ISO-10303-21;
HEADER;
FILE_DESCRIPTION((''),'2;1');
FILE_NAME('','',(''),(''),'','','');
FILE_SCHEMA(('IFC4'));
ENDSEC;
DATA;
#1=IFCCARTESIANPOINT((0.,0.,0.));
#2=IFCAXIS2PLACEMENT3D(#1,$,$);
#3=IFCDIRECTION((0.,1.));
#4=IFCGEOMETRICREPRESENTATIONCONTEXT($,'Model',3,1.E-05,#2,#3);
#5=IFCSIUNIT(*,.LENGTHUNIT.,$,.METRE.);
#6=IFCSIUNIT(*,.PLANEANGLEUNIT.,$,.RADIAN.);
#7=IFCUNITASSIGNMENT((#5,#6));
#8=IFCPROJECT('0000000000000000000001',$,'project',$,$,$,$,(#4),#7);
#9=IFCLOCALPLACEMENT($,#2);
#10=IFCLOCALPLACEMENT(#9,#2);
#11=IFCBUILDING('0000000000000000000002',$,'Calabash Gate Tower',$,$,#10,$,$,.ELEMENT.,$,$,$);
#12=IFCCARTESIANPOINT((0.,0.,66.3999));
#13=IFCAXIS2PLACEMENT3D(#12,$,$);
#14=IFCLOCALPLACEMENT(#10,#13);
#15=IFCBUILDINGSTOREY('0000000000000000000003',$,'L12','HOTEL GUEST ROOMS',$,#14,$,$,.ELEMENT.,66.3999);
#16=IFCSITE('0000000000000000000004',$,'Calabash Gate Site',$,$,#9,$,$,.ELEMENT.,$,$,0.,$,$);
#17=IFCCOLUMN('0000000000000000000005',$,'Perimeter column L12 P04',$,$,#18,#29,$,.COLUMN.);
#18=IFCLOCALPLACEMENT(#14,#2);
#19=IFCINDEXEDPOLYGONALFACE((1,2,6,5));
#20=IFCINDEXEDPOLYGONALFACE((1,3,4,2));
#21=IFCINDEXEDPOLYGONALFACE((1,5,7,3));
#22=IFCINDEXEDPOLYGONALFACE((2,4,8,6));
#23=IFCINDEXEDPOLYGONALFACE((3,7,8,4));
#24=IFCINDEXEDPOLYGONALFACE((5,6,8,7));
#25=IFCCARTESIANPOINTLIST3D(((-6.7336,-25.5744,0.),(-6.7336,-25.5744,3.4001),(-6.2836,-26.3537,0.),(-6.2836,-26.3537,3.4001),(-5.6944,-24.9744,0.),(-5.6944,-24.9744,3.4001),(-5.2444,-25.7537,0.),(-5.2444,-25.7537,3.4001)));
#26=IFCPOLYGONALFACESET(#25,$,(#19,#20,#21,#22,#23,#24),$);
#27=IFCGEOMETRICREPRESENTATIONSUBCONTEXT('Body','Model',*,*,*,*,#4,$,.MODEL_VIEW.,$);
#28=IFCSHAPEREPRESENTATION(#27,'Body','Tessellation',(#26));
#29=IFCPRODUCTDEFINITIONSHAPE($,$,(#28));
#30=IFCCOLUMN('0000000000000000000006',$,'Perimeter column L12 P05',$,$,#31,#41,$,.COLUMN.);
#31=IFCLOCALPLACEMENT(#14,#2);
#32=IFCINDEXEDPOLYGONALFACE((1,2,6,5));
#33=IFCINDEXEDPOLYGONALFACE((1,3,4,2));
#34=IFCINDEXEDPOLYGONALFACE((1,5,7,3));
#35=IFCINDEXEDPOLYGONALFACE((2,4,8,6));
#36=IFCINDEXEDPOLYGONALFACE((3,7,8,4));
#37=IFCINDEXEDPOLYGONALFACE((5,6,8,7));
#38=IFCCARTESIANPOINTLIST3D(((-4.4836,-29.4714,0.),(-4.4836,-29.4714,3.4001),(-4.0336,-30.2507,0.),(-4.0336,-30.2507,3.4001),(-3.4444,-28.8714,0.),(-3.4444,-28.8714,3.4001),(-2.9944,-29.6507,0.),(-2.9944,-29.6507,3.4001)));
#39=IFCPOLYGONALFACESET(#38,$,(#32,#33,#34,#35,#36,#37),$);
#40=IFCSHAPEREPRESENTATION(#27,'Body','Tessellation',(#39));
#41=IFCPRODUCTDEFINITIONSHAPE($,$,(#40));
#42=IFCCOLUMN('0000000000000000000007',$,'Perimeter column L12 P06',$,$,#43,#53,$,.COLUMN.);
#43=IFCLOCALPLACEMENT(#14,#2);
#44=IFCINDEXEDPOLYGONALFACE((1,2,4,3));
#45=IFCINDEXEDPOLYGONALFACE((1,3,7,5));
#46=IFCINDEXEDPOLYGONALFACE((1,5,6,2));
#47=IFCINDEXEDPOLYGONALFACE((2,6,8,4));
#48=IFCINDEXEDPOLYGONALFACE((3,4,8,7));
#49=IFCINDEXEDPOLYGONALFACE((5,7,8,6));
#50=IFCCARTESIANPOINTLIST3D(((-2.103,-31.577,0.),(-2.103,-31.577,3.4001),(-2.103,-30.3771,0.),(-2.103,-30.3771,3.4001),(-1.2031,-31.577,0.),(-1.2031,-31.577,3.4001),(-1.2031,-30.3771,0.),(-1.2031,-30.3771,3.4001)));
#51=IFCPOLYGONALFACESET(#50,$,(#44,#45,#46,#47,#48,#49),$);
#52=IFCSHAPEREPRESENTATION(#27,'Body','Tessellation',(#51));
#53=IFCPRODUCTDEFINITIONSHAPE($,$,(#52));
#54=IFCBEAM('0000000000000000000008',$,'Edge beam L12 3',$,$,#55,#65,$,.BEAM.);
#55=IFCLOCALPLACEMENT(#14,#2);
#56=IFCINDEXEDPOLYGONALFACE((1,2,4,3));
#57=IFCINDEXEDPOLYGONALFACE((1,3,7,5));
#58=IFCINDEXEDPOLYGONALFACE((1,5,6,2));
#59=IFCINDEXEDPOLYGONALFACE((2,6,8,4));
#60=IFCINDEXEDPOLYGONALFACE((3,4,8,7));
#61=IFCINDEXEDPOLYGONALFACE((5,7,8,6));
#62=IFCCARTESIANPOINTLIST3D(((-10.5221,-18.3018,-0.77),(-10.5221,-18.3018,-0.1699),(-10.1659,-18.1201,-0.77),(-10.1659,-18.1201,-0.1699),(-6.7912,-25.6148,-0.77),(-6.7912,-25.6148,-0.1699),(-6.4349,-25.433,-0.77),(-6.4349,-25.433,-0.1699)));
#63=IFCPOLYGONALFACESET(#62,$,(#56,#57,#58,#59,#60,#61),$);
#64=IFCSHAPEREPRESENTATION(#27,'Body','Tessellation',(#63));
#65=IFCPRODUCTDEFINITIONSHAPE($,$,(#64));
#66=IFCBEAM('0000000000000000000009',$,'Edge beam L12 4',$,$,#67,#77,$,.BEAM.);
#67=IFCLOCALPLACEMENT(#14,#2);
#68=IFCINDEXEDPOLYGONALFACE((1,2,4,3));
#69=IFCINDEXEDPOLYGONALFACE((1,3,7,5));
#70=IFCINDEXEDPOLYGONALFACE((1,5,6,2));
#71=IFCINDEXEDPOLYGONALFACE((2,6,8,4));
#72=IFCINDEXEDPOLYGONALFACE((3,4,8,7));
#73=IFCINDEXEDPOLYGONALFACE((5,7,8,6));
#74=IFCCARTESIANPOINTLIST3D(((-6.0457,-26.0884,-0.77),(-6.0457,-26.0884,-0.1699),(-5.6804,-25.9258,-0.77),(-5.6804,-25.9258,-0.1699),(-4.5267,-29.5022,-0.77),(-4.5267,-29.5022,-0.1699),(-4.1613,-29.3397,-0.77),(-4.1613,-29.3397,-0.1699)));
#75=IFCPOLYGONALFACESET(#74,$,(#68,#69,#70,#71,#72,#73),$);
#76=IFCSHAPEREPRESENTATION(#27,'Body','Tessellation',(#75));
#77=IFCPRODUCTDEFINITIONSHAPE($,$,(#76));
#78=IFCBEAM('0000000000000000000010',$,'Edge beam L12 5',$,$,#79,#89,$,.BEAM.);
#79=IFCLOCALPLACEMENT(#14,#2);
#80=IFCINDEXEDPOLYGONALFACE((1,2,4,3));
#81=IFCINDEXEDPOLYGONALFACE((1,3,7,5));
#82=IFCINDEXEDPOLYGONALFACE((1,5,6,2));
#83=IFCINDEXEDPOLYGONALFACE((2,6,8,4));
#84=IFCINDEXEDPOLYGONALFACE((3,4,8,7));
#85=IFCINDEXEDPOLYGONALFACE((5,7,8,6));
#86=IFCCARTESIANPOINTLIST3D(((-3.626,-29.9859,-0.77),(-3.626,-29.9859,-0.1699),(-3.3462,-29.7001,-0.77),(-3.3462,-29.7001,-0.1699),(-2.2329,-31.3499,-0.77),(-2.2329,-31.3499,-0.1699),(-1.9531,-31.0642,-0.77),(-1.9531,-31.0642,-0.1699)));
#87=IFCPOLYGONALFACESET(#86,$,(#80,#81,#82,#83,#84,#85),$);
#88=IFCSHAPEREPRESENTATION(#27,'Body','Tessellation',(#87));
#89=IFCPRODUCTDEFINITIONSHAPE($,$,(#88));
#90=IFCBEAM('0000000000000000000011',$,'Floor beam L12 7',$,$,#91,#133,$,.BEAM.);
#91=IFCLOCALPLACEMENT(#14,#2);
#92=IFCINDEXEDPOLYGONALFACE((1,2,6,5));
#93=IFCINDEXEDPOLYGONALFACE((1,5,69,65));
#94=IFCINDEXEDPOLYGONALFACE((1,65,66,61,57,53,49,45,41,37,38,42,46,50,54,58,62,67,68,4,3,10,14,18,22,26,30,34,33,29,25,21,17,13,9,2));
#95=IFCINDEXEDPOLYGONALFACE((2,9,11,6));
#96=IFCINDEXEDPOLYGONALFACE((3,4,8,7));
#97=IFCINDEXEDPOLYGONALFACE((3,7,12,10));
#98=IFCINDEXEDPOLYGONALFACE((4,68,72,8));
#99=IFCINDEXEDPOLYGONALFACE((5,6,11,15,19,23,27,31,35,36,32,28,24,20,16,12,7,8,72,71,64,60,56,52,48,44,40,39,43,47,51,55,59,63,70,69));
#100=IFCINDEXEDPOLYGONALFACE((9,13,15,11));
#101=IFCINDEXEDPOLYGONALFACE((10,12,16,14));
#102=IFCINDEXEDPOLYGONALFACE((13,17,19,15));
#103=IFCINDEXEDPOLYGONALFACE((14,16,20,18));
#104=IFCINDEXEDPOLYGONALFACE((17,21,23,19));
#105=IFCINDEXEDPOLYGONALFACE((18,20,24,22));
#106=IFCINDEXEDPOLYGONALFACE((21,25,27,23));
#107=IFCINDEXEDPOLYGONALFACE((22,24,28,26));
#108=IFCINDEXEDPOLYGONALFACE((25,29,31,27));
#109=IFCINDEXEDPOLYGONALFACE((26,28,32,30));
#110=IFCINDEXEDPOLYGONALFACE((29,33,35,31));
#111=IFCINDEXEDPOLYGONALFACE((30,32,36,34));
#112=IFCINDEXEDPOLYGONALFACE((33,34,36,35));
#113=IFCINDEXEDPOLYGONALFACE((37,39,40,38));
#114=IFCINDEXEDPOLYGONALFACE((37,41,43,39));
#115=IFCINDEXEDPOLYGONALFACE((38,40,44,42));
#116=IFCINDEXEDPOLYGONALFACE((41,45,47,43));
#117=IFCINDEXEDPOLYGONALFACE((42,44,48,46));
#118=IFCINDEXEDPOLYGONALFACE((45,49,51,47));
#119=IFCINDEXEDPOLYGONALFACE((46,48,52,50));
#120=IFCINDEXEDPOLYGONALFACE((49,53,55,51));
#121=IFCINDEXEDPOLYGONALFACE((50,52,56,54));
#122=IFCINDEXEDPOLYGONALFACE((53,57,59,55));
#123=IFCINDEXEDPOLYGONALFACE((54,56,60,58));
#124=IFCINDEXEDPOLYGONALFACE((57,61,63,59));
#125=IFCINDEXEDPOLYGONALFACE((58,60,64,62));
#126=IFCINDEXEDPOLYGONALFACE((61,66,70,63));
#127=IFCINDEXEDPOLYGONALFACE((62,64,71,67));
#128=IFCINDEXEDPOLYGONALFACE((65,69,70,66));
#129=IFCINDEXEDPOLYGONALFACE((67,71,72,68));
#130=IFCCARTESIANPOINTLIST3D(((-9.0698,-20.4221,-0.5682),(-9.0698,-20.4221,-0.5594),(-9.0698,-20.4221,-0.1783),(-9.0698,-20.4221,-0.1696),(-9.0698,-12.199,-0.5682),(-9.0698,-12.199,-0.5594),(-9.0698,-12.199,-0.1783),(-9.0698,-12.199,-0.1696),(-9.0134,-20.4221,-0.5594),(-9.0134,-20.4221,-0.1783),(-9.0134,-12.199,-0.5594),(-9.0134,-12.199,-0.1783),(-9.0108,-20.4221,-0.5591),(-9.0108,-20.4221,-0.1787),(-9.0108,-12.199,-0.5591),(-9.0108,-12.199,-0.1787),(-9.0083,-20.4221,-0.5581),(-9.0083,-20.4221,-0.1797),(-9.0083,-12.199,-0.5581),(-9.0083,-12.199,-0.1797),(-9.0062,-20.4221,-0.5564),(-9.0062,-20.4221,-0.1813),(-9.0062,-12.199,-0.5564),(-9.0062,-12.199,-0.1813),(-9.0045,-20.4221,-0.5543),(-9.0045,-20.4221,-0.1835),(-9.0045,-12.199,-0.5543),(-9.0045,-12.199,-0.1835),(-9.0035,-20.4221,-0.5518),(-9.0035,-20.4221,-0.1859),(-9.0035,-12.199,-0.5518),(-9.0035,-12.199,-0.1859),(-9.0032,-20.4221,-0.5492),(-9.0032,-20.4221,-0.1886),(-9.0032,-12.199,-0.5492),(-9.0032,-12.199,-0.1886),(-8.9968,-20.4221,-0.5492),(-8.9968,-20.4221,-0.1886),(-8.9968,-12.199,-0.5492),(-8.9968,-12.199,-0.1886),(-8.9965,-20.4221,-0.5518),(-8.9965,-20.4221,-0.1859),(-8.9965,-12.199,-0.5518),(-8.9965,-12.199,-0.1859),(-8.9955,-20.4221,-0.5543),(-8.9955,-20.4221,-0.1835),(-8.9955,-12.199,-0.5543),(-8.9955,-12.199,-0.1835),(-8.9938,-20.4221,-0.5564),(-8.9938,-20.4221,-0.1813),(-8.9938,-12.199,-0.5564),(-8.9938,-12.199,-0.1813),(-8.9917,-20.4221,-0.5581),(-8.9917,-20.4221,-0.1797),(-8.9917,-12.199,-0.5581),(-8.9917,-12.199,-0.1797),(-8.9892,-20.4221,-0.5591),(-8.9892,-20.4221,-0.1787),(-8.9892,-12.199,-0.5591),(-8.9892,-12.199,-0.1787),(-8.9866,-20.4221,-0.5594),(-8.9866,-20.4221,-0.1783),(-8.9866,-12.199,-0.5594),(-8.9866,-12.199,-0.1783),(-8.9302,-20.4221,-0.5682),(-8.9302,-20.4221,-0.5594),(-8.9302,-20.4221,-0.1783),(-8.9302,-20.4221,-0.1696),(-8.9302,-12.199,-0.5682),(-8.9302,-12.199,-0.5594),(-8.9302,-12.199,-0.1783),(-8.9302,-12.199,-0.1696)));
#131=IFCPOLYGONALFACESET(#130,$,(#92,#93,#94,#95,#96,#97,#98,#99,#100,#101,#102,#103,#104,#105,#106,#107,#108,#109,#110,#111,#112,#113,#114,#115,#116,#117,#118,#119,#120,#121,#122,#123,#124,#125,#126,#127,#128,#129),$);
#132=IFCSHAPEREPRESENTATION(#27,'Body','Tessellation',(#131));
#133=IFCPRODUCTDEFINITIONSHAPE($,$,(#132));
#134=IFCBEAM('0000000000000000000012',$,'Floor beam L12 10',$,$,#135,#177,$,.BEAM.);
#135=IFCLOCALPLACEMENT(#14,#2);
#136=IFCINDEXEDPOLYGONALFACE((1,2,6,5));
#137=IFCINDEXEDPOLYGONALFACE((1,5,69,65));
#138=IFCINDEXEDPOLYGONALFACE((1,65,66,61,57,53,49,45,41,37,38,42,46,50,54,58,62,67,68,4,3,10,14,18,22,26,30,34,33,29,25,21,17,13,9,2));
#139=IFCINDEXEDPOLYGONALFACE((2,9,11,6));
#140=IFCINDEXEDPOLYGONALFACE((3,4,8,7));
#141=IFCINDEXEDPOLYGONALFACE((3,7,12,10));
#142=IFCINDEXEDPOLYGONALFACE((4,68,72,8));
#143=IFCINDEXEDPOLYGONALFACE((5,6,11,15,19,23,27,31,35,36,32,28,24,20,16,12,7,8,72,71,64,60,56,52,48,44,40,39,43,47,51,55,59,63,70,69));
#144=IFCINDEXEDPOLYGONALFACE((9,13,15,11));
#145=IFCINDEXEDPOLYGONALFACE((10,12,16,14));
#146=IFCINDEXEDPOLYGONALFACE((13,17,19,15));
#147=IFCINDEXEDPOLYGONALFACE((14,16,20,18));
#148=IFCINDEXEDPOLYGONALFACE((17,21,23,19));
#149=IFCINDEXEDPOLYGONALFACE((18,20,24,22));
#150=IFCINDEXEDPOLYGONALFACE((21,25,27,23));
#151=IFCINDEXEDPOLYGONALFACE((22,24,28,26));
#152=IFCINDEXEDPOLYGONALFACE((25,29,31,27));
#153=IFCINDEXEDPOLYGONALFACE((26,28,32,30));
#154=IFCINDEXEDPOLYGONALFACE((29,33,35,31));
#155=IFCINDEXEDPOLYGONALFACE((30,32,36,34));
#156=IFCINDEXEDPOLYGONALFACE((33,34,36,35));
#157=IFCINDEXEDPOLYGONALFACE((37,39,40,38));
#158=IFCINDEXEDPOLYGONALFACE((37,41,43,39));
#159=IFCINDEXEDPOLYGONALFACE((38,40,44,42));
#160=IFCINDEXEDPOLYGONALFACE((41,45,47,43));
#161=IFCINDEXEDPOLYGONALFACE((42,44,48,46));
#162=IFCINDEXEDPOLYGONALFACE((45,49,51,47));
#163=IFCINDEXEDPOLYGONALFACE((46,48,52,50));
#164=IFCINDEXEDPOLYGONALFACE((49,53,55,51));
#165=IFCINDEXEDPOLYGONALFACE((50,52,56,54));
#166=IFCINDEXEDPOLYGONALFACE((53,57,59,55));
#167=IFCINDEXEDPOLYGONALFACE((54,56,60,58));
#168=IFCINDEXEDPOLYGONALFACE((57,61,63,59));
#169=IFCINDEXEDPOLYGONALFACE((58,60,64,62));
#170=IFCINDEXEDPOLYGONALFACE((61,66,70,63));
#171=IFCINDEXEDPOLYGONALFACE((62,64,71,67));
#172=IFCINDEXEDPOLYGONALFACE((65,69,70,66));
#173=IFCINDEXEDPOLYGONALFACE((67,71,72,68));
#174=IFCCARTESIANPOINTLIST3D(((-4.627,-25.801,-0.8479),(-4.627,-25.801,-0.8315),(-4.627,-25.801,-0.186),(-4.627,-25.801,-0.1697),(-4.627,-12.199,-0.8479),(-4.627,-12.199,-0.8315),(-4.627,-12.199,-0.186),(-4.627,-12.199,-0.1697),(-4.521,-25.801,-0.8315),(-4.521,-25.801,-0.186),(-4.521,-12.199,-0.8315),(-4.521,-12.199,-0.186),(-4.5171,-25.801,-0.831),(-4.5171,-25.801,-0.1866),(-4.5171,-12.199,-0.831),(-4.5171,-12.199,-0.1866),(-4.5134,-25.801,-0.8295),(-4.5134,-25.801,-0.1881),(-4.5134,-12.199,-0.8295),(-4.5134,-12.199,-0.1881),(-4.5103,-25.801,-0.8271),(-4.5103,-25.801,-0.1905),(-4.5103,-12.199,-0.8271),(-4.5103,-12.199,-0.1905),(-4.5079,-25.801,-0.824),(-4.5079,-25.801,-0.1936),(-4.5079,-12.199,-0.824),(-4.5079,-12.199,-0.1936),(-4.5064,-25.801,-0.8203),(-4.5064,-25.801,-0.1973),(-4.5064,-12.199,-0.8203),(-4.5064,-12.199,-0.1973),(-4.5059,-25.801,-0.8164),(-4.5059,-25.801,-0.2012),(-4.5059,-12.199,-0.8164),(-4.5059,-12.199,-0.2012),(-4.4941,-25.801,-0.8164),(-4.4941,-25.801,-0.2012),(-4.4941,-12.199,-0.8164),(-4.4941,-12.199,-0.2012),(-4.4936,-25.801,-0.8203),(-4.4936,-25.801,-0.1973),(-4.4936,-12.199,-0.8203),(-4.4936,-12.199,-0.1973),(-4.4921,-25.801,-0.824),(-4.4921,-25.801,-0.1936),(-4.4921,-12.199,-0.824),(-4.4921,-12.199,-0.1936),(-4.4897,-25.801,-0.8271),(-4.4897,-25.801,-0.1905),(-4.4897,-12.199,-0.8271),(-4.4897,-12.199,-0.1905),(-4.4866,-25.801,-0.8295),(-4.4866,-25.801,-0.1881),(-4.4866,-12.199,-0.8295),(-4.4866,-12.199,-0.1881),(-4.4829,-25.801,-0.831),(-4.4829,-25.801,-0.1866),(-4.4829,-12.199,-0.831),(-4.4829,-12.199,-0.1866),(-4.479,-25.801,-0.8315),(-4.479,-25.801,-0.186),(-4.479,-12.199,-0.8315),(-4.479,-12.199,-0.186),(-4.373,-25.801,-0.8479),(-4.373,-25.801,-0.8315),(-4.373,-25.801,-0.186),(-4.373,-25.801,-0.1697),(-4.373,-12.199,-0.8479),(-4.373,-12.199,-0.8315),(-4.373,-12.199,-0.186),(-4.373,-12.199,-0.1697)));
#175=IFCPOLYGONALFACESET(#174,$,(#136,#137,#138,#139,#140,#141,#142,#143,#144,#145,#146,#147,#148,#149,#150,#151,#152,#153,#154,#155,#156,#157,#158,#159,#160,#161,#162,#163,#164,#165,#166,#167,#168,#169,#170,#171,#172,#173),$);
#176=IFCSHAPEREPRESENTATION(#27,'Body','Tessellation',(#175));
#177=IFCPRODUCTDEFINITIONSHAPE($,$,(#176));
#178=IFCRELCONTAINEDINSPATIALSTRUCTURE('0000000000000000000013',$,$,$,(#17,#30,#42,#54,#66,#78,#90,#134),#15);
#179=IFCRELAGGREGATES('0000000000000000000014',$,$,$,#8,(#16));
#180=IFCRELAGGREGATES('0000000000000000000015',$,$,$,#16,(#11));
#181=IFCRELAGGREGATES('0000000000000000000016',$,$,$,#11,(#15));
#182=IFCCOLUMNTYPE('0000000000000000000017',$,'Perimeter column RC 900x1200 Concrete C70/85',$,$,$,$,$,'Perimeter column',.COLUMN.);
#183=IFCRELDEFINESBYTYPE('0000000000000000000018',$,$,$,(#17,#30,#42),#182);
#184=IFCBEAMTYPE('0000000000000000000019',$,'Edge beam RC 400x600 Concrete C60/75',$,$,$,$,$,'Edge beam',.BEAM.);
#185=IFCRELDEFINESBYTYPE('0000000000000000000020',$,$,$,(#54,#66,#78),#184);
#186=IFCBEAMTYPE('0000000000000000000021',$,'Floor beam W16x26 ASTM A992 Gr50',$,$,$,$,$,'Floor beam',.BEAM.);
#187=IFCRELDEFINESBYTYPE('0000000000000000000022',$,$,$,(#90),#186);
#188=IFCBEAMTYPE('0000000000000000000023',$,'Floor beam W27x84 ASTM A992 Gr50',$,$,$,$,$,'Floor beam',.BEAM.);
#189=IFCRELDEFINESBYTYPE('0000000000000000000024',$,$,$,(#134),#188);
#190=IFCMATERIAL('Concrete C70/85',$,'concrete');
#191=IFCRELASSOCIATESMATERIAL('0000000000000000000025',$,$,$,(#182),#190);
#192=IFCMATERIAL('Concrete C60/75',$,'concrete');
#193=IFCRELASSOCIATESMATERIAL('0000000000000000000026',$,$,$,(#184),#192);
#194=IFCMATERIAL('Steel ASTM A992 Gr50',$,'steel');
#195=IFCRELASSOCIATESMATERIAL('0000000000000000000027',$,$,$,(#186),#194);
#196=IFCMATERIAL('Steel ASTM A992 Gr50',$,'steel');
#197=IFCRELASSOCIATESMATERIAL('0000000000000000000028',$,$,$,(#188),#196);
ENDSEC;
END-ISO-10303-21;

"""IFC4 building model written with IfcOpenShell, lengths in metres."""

from ifc_helpers import new_model, si_unit, direction, frame, origin, origin_2d, place, context, subcontext, project, spatial, rectangle, i_section, extrude, material, material_profile, profile_set, type_object, element, save


model = new_model("IFC4")

# Units and contexts
model_context = context("Model", 3, precision=1e-05, world=origin(), true_north=direction((0.0, 1.0)))
body_context = subcontext(model_context, "Body", "Model", "MODEL_VIEW")
ifc_project = project(units=[si_unit("LENGTHUNIT", "METRE"), si_unit("PLANEANGLEUNIT", "RADIAN")], contexts=[model_context])

# Site, building, storey
site_placement = place(None, origin())
site = spatial("IfcSite", under=ifc_project, at=site_placement, Name="Calabash Gate Site", CompositionType="ELEMENT", RefElevation=0.0)
building_placement = place(site_placement, origin())
building = spatial("IfcBuilding", under=site, at=building_placement, Name="Calabash Gate Tower", CompositionType="ELEMENT")
storey_placement = place(building_placement, frame((0.0, 0.0, 66.3999)))
storey = spatial("IfcBuildingStorey", under=building, at=storey_placement, Name="L12", Description="HOTEL GUEST ROOMS", CompositionType="ELEMENT", Elevation=66.3999)

# Columns
ifc_material_1 = material(Name="Concrete C70/85", Category="concrete")
ifc_material_profile_1 = material_profile(ifc_material_1, rectangle(XDim=0.8999, YDim=1.2, at=origin_2d()))
ifc_profile_set_1 = profile_set([ifc_material_profile_1], Name="Concrete C70/85")
column_type = type_object("IfcColumnType", Name="Perimeter column RC 900x1200 Concrete C70/85", ElementType="Perimeter column", PredefinedType="COLUMN", material=ifc_profile_set_1)
for number, where, z_axis, x_axis, name in (
    (1, (-5.989, -25.6641, 0.0), (0.0, 0.0, 1.0), (0.5, -0.866025, 0.0), "Perimeter column L12 P04"),
    (2, (-3.739, -29.561, 0.0), (0.0, 0.0, 1.0), (0.5, -0.866025, 0.0), "Perimeter column L12 P05"),
    (3, (-1.6531, -30.9771, 0.0), (0.0, 0.0, 1.0), (1.0, 0.0, 0.0), "Perimeter column L12 P06"),
):
    element("IfcColumn", number, at=place(storey_placement, frame(where, z_axis=z_axis, x_axis=x_axis)), inside=storey, type_object=column_type, Name=name, PredefinedType="COLUMN", context=body_context, shape_type="SweptSolid", body=[
        extrude(rectangle(XDim=0.8999, YDim=1.2, at=origin_2d()), origin(), (0.0, 0.0, 1.0), 3.4001),
    ])

# Beams
ifc_material_2 = material(Name="Concrete C60/75", Category="concrete")
ifc_material_profile_2 = material_profile(ifc_material_2, rectangle(XDim=0.3999, YDim=0.6001, at=origin_2d()))
ifc_profile_set_2 = profile_set([ifc_material_profile_2], Name="Concrete C60/75")
beam_type_1 = type_object("IfcBeamType", Name="Edge beam RC 400x600 Concrete C60/75", ElementType="Edge beam", PredefinedType="BEAM", material=ifc_profile_set_2)
beam_1_placement = place(storey_placement, frame((-10.344, -18.2109, -0.47), z_axis=(0.454455, -0.89077, 0.0), x_axis=(0.89077, 0.454455, 0.0)))
element("IfcBeam", 4, at=beam_1_placement, inside=storey, type_object=beam_type_1, Name="Edge beam L12 3", PredefinedType="BEAM", context=body_context, shape_type="SweptSolid", body=[
    extrude(rectangle(XDim=0.3999, YDim=0.6001, at=origin_2d()), origin(), (0.0, 0.0, 1.0), 8.2097),
])
beam_2_placement = place(storey_placement, frame((-5.863, -26.0071, -0.47), z_axis=(0.406539, -0.913634, 0.0), x_axis=(0.913634, 0.406539, 0.0)))
element("IfcBeam", 5, at=beam_2_placement, inside=storey, type_object=beam_type_1, Name="Edge beam L12 4", PredefinedType="BEAM", context=body_context, shape_type="SweptSolid", body=[
    extrude(rectangle(XDim=0.3999, YDim=0.6001, at=origin_2d()), origin(), (0.0, 0.0, 1.0), 3.7366),
])
beam_3_placement = place(storey_placement, frame((-3.4861, -29.843, -0.47), z_axis=(0.714518, -0.699617, 0.0), x_axis=(0.699617, 0.714518, 0.0)))
element("IfcBeam", 6, at=beam_3_placement, inside=storey, type_object=beam_type_1, Name="Edge beam L12 5", PredefinedType="BEAM", context=body_context, shape_type="SweptSolid", body=[
    extrude(rectangle(XDim=0.3999, YDim=0.6001, at=origin_2d()), origin(), (0.0, 0.0, 1.0), 1.9497),
])
ifc_material_3 = material(Name="Steel ASTM A992 Gr50", Category="steel")
ifc_material_profile_3 = material_profile(ifc_material_3, i_section(OverallWidth=0.1396, OverallDepth=0.3987, WebThickness=0.0063, FlangeThickness=0.0088, FilletRadius=0.0103, at=origin_2d()))
ifc_profile_set_3 = profile_set([ifc_material_profile_3], Name="Steel ASTM A992 Gr50")
beam_type_2 = type_object("IfcBeamType", Name="Floor beam W16x26 ASTM A992 Gr50", ElementType="Floor beam", PredefinedType="BEAM", material=ifc_profile_set_3)
beam_4_placement = place(storey_placement, frame((-9.0, -20.4221, -0.3689), z_axis=(0.0, 1.0, 0.0), x_axis=(-1.0, 0.0, 0.0)))
element("IfcBeam", 7, at=beam_4_placement, inside=storey, type_object=beam_type_2, Name="Floor beam L12 7", PredefinedType="BEAM", context=body_context, shape_type="SweptSolid", body=[
    extrude(i_section(OverallWidth=0.1396, OverallDepth=0.3987, WebThickness=0.0063, FlangeThickness=0.0088, FilletRadius=0.0103, at=origin_2d()), origin(), (0.0, 0.0, 1.0), 8.2231),
])
ifc_material_4 = material(Name="Steel ASTM A992 Gr50", Category="steel")
ifc_material_profile_4 = material_profile(ifc_material_4, i_section(OverallWidth=0.2539, OverallDepth=0.6782, WebThickness=0.0117, FlangeThickness=0.0164, FilletRadius=0.0151, at=origin_2d()))
ifc_profile_set_4 = profile_set([ifc_material_profile_4], Name="Steel ASTM A992 Gr50")
beam_type_3 = type_object("IfcBeamType", Name="Floor beam W27x84 ASTM A992 Gr50", ElementType="Floor beam", PredefinedType="BEAM", material=ifc_profile_set_4)
beam_5_placement = place(storey_placement, frame((-4.5, -25.801, -0.5088), z_axis=(0.0, 1.0, 0.0), x_axis=(-1.0, 0.0, 0.0)))
element("IfcBeam", 8, at=beam_5_placement, inside=storey, type_object=beam_type_3, Name="Floor beam L12 10", PredefinedType="BEAM", context=body_context, shape_type="SweptSolid", body=[
    extrude(i_section(OverallWidth=0.2539, OverallDepth=0.6782, WebThickness=0.0117, FlangeThickness=0.0164, FilletRadius=0.0151, at=origin_2d()), origin(), (0.0, 0.0, 1.0), 13.6021),
])

save(model, "model.ifc")
